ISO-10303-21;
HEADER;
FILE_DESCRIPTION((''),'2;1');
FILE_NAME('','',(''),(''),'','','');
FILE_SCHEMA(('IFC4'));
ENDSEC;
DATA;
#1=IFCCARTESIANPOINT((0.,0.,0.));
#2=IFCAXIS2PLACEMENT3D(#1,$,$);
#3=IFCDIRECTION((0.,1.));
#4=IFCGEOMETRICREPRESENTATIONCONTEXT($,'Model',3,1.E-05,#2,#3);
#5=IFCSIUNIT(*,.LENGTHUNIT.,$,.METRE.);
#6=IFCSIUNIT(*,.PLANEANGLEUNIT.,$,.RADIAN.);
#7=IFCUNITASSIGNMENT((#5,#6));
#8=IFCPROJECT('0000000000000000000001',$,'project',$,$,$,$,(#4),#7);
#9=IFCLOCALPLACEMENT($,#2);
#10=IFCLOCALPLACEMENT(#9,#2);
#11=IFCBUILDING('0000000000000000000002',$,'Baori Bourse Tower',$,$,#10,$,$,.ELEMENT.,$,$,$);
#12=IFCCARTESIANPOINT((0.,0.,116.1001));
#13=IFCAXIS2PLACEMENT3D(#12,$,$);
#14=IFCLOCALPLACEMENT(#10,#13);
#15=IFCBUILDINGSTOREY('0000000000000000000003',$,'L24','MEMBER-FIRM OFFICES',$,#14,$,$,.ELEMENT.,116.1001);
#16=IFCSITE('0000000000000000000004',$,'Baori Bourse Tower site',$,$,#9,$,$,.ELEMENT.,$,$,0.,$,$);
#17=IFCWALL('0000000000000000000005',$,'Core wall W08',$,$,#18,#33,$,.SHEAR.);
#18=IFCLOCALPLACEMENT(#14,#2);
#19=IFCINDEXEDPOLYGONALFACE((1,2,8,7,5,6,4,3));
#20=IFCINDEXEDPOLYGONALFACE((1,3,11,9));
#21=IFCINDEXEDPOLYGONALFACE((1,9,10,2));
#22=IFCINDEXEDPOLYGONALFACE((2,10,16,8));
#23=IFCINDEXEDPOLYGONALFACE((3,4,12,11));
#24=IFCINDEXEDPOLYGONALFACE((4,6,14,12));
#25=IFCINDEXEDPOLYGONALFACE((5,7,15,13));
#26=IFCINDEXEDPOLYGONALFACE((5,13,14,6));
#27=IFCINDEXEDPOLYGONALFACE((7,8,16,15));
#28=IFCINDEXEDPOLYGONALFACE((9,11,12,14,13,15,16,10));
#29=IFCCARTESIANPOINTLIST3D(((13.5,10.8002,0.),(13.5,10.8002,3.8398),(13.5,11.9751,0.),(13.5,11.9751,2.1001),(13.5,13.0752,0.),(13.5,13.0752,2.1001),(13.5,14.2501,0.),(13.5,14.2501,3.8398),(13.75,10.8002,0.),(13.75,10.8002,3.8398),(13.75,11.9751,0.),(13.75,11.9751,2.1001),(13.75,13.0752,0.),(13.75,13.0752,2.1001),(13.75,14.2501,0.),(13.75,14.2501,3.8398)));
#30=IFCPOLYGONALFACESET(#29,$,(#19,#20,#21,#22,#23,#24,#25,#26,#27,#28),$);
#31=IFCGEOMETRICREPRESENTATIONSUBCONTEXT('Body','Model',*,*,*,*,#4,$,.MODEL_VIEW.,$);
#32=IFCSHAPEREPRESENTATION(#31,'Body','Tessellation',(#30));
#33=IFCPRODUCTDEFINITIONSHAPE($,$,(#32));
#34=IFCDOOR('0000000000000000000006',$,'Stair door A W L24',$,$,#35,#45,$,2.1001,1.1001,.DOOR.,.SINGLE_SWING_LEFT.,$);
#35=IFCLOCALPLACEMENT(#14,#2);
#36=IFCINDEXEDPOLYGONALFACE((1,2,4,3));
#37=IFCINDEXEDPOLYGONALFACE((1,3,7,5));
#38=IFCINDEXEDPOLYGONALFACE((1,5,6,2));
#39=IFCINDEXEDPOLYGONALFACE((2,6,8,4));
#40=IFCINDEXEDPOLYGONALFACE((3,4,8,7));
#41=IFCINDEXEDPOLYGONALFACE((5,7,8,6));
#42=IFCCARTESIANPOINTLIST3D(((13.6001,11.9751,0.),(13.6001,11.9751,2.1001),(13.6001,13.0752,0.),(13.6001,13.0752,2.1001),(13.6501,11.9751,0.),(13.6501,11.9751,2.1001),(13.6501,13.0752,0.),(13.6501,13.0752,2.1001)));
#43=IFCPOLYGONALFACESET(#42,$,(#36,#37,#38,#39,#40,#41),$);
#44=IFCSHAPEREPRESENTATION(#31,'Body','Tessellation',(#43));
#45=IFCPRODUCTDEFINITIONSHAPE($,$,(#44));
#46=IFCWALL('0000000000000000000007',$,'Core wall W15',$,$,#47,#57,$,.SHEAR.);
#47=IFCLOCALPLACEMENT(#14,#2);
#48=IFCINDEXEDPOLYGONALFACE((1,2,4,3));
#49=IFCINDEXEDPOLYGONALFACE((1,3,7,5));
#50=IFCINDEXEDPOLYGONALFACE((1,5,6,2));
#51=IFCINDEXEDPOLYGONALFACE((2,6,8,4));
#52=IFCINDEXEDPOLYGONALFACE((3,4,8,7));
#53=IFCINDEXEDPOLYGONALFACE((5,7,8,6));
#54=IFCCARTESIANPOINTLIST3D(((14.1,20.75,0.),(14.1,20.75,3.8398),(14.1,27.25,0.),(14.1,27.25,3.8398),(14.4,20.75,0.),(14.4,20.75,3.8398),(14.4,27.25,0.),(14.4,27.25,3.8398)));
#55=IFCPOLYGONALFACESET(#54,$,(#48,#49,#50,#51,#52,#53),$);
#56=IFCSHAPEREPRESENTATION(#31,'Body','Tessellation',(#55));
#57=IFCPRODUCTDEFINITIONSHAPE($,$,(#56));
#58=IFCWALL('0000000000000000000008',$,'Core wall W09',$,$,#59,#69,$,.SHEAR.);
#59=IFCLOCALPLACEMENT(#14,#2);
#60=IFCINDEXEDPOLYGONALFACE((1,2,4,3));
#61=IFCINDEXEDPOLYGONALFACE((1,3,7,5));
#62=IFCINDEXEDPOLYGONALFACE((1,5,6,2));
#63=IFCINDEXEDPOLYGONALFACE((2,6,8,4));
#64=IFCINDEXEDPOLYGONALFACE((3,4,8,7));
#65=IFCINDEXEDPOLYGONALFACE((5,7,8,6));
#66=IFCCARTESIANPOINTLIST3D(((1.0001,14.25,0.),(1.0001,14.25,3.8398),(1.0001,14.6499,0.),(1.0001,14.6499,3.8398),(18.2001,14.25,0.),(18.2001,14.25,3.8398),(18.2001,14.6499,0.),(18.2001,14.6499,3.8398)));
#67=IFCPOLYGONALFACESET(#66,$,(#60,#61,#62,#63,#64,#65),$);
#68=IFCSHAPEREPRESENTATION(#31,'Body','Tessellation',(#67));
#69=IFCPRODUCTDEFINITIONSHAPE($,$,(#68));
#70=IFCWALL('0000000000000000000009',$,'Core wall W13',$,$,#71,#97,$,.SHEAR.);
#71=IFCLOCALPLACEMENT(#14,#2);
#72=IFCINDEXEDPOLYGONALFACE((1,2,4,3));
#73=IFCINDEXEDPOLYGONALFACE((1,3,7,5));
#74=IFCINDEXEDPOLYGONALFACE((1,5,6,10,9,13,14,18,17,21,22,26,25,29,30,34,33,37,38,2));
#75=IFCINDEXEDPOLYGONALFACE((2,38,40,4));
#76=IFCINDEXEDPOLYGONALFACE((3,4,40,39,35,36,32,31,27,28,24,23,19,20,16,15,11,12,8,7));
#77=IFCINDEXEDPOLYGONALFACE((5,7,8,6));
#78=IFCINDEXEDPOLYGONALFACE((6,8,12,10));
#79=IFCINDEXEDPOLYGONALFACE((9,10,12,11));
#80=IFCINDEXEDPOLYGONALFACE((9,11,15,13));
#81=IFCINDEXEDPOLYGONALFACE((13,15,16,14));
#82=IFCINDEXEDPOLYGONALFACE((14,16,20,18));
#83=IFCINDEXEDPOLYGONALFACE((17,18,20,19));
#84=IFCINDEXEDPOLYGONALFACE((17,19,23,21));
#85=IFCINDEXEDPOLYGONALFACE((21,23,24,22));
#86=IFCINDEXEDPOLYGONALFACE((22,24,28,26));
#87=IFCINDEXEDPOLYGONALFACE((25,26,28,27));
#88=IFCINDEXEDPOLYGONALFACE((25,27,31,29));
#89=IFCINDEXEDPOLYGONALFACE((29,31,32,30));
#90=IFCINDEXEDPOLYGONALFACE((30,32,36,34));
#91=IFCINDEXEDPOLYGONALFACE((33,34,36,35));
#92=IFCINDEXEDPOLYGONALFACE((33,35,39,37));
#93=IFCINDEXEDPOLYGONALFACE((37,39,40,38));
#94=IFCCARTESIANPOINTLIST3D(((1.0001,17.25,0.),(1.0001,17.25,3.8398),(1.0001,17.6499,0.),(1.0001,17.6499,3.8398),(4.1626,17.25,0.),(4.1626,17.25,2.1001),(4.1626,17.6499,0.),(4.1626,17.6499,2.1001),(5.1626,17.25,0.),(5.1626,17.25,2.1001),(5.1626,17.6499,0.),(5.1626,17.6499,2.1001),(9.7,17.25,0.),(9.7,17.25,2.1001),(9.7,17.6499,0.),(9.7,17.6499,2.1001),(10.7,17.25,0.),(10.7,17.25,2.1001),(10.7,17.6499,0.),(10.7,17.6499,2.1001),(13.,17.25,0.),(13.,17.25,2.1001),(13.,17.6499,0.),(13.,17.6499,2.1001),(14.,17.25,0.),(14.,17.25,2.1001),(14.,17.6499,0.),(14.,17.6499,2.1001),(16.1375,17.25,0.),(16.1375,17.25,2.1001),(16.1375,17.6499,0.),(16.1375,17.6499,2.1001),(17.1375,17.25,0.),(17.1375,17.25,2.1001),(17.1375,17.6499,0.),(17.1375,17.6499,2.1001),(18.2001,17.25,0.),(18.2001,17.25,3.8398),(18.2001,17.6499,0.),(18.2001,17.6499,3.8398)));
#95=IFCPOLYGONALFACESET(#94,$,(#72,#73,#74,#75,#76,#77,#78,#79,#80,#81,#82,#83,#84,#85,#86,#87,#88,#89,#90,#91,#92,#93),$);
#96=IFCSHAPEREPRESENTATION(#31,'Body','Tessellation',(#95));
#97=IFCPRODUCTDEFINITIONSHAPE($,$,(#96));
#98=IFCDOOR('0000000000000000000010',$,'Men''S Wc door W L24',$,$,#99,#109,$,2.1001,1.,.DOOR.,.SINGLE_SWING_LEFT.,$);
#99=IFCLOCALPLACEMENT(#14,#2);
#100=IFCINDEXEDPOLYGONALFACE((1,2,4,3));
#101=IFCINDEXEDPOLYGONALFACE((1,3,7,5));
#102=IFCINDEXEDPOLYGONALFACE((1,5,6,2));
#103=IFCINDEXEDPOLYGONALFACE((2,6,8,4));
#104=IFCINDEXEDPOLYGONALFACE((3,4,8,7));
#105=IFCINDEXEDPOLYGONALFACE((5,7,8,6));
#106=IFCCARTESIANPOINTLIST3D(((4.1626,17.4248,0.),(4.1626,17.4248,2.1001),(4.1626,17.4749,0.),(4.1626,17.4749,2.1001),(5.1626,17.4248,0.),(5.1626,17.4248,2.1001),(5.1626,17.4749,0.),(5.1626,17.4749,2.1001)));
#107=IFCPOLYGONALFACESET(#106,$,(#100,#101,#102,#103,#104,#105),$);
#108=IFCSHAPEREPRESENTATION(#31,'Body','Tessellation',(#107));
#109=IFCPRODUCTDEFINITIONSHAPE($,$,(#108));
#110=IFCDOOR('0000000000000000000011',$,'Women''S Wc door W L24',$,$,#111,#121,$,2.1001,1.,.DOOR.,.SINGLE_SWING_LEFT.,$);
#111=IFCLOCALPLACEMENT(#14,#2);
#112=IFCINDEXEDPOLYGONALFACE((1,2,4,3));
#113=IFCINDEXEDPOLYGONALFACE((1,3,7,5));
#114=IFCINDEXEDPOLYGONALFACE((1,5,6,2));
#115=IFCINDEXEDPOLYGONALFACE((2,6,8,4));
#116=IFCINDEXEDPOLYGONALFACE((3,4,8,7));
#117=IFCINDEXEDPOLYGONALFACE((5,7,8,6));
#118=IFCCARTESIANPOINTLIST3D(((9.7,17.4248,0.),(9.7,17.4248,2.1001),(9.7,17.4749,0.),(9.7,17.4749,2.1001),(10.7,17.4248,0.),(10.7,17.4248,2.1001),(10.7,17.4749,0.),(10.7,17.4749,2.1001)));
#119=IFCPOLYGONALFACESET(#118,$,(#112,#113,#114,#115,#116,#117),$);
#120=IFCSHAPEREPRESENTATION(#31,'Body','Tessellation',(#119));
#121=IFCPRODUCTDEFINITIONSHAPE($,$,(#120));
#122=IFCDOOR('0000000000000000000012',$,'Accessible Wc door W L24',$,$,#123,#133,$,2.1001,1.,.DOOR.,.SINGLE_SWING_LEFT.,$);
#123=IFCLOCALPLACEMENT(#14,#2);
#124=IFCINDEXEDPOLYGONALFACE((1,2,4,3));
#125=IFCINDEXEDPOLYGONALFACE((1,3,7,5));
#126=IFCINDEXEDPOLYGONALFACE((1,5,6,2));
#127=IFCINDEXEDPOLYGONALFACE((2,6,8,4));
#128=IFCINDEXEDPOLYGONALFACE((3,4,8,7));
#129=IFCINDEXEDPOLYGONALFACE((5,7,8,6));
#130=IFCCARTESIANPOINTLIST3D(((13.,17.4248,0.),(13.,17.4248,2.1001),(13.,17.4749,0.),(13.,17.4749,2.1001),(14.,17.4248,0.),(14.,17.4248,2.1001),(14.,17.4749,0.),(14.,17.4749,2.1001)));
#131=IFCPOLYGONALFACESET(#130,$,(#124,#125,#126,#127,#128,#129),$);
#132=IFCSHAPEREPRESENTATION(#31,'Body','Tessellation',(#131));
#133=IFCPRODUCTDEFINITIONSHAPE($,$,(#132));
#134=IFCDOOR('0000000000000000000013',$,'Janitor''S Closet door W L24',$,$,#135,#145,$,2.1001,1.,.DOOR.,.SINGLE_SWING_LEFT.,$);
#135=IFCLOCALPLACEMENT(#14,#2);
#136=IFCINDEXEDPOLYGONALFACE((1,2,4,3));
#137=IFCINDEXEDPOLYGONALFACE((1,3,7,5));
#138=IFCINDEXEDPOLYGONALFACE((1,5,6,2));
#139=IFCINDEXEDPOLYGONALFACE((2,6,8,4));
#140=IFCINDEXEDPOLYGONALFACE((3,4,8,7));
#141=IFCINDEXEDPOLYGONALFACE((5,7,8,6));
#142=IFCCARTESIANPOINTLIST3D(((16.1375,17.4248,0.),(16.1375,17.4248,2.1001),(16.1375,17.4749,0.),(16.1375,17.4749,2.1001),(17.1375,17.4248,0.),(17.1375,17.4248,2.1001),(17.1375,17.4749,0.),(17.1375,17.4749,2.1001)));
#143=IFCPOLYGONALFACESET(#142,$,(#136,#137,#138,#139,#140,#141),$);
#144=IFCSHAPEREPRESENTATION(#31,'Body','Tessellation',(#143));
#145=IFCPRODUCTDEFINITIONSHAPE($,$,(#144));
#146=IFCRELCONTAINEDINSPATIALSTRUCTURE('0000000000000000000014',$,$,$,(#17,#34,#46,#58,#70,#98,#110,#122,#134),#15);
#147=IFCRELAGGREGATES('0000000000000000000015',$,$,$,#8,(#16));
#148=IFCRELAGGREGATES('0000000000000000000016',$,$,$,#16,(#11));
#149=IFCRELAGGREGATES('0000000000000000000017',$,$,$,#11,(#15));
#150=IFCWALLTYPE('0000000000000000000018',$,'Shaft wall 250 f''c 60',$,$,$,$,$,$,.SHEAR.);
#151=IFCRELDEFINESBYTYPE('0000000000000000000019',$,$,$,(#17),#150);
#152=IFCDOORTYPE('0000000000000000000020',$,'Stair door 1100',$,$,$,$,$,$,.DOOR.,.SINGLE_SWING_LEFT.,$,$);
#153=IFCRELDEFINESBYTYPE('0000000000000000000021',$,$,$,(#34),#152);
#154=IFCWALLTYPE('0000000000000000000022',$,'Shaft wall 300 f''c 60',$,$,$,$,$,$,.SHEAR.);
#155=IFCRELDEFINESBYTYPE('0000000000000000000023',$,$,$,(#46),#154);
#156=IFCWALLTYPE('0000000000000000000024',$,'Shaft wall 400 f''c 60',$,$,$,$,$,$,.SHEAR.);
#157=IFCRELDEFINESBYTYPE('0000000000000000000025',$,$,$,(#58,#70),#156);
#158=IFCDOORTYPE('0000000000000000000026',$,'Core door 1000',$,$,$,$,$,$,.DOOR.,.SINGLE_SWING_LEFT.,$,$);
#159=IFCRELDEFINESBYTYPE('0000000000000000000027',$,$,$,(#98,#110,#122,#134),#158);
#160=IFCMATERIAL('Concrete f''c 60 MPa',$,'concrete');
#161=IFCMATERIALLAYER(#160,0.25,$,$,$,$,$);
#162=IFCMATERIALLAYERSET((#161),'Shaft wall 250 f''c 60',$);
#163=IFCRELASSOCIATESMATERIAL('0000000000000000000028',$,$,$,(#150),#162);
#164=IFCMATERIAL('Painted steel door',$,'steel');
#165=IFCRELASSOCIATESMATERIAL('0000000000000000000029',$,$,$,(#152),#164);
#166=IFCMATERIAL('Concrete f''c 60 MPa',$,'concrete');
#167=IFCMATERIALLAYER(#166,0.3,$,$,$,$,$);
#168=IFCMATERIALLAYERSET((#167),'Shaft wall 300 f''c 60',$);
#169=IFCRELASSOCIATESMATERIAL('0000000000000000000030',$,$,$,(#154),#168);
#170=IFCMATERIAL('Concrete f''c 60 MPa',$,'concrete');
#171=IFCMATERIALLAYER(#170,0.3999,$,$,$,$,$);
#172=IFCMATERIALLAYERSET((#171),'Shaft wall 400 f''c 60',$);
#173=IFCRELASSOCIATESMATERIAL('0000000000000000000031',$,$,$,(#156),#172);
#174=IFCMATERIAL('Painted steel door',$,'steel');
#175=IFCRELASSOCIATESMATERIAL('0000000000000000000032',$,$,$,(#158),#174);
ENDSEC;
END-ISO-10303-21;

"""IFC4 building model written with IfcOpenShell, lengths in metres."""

from ifc_helpers import new_model, si_unit, direction, frame, frame_2d, origin, place, context, subcontext, project, spatial, rectangle, extrude, material, layer, layer_set, type_object, element, fill, save


model = new_model("IFC4")

# Units and contexts
model_context = context("Model", 3, precision=1e-05, world=origin(), true_north=direction((0.0, 1.0)))
body_context = subcontext(model_context, "Body", "Model", "MODEL_VIEW")
ifc_project = project(units=[si_unit("LENGTHUNIT", "METRE"), si_unit("PLANEANGLEUNIT", "RADIAN")], contexts=[model_context])

# Site, building, storey
site_placement = place(None, origin())
site = spatial("IfcSite", under=ifc_project, at=site_placement, Name="Baori Bourse Tower site", CompositionType="ELEMENT", RefElevation=0.0)
building_placement = place(site_placement, origin())
building = spatial("IfcBuilding", under=site, at=building_placement, Name="Baori Bourse Tower", CompositionType="ELEMENT")
storey_placement = place(building_placement, frame((0.0, 0.0, 116.1001)))
storey = spatial("IfcBuildingStorey", under=building, at=storey_placement, Name="L24", Description="MEMBER-FIRM OFFICES", CompositionType="ELEMENT", Elevation=116.1001)

# Wall, opening, door
ifc_material_1 = material(Name="Concrete f'c 60 MPa", Category="concrete")
ifc_layer_1 = layer(ifc_material_1, 0.25)
ifc_layer_set_1 = layer_set([ifc_layer_1], Name="Shaft wall 250 f'c 60")
wall_type_1 = type_object("IfcWallType", Name="Shaft wall 250 f'c 60", PredefinedType="SHEAR", material=ifc_layer_set_1)
wall_1_placement = place(storey_placement, frame((13.625, 10.8, 0.0), z_axis=(0.0, 0.0, 1.0), x_axis=(0.0, 1.0, 0.0)))
wall_1 = element("IfcWall", 1, at=wall_1_placement, inside=storey, type_object=wall_type_1, Name="Core wall W08", PredefinedType="SHEAR", context=body_context, shape_type="SweptSolid", body=[
    extrude(rectangle(XDim=3.45, YDim=0.25, at=frame_2d((1.7251, 0.0))), origin(), (0.0, 0.0, 1.0), 3.8398),
])
opening_1_placement = place(wall_1_placement, frame((1.175, 0.0, 0.0)))
opening_1 = element("IfcOpeningElement", 2, at=opening_1_placement, cuts=wall_1, PredefinedType="OPENING", context=body_context, shape_type="SweptSolid", body=[
    extrude(rectangle(XDim=1.1001, YDim=2.1001, at=frame_2d((0.55, 1.05))), frame((0.0, 0.135, 0.0), z_axis=(0.0, -1.0, 0.0), x_axis=(1.0, 0.0, 0.0)), (0.0, 0.0, 1.0), 0.27),
])
ifc_material_2 = material(Name="Painted steel door", Category="steel")
door_type_1 = type_object("IfcDoorType", Name="Stair door 1100", OperationType="SINGLE_SWING_LEFT", PredefinedType="DOOR", material=ifc_material_2)
door_1_placement = place(opening_1_placement, origin())
door_1 = element("IfcDoor", 3, at=door_1_placement, inside=storey, type_object=door_type_1, Name="Stair door A W L24", OperationType="SINGLE_SWING_LEFT", OverallHeight=2.1001, OverallWidth=1.1001, PredefinedType="DOOR", context=body_context, shape_type="SweptSolid", body=[
    extrude(rectangle(XDim=1.1001, YDim=2.1001, at=frame_2d((0.55, 1.05))), frame((0.0, 0.0249, 0.0), z_axis=(0.0, -1.0, 0.0), x_axis=(1.0, 0.0, 0.0)), (0.0, 0.0, 1.0), 0.05),
])
fill(opening_1, door_1)

# Walls
ifc_material_3 = material(Name="Concrete f'c 60 MPa", Category="concrete")
ifc_layer_2 = layer(ifc_material_3, 0.3)
ifc_layer_set_2 = layer_set([ifc_layer_2], Name="Shaft wall 300 f'c 60")
wall_type_2 = type_object("IfcWallType", Name="Shaft wall 300 f'c 60", PredefinedType="SHEAR", material=ifc_layer_set_2)
wall_2_placement = place(storey_placement, frame((14.25, 20.75, 0.0), z_axis=(0.0, 0.0, 1.0), x_axis=(0.0, 1.0, 0.0)))
element("IfcWall", 4, at=wall_2_placement, inside=storey, type_object=wall_type_2, Name="Core wall W15", PredefinedType="SHEAR", context=body_context, shape_type="SweptSolid", body=[
    extrude(rectangle(XDim=6.5, YDim=0.3, at=frame_2d((3.25, 0.0))), origin(), (0.0, 0.0, 1.0), 3.8398),
])
ifc_material_4 = material(Name="Concrete f'c 60 MPa", Category="concrete")
ifc_layer_3 = layer(ifc_material_4, 0.3999)
ifc_layer_set_3 = layer_set([ifc_layer_3], Name="Shaft wall 400 f'c 60")
wall_type_3 = type_object("IfcWallType", Name="Shaft wall 400 f'c 60", PredefinedType="SHEAR", material=ifc_layer_set_3)
wall_3_placement = place(storey_placement, frame((1.0, 14.45, 0.0), z_axis=(0.0, 0.0, 1.0), x_axis=(1.0, 0.0, 0.0)))
element("IfcWall", 5, at=wall_3_placement, inside=storey, type_object=wall_type_3, Name="Core wall W09", PredefinedType="SHEAR", context=body_context, shape_type="SweptSolid", body=[
    extrude(rectangle(XDim=17.2, YDim=0.3999, at=frame_2d((8.6001, 0.0))), origin(), (0.0, 0.0, 1.0), 3.8398),
])

# Wall, openings, doors
wall_4_placement = place(storey_placement, frame((1.0, 17.45, 0.0), z_axis=(0.0, 0.0, 1.0), x_axis=(1.0, 0.0, 0.0)))
wall_4 = element("IfcWall", 6, at=wall_4_placement, inside=storey, type_object=wall_type_3, Name="Core wall W13", PredefinedType="SHEAR", context=body_context, shape_type="SweptSolid", body=[
    extrude(rectangle(XDim=17.2, YDim=0.3999, at=frame_2d((8.6001, 0.0))), origin(), (0.0, 0.0, 1.0), 3.8398),
])
opening_2_placement = place(wall_4_placement, frame((3.1626, 0.0, 0.0)))
opening_2 = element("IfcOpeningElement", 7, at=opening_2_placement, cuts=wall_4, PredefinedType="OPENING", context=body_context, shape_type="SweptSolid", body=[
    extrude(rectangle(XDim=1.0, YDim=2.1001, at=frame_2d((0.5, 1.05))), frame((0.0, 0.21, 0.0), z_axis=(0.0, -1.0, 0.0), x_axis=(1.0, 0.0, 0.0)), (0.0, 0.0, 1.0), 0.4199),
])
opening_3_placement = place(wall_4_placement, frame((8.7, 0.0, 0.0)))
opening_3 = element("IfcOpeningElement", 8, at=opening_3_placement, cuts=wall_4, PredefinedType="OPENING", context=body_context, shape_type="SweptSolid", body=[
    extrude(rectangle(XDim=1.0, YDim=2.1001, at=frame_2d((0.5, 1.05))), frame((0.0, 0.21, 0.0), z_axis=(0.0, -1.0, 0.0), x_axis=(1.0, 0.0, 0.0)), (0.0, 0.0, 1.0), 0.4199),
])
opening_4_placement = place(wall_4_placement, frame((12.0, 0.0, 0.0)))
opening_4 = element("IfcOpeningElement", 9, at=opening_4_placement, cuts=wall_4, PredefinedType="OPENING", context=body_context, shape_type="SweptSolid", body=[
    extrude(rectangle(XDim=1.0, YDim=2.1001, at=frame_2d((0.5, 1.05))), frame((0.0, 0.21, 0.0), z_axis=(0.0, -1.0, 0.0), x_axis=(1.0, 0.0, 0.0)), (0.0, 0.0, 1.0), 0.4199),
])
opening_5_placement = place(wall_4_placement, frame((15.1375, 0.0, 0.0)))
opening_5 = element("IfcOpeningElement", 10, at=opening_5_placement, cuts=wall_4, PredefinedType="OPENING", context=body_context, shape_type="SweptSolid", body=[
    extrude(rectangle(XDim=1.0, YDim=2.1001, at=frame_2d((0.5, 1.05))), frame((0.0, 0.21, 0.0), z_axis=(0.0, -1.0, 0.0), x_axis=(1.0, 0.0, 0.0)), (0.0, 0.0, 1.0), 0.4199),
])
ifc_material_5 = material(Name="Painted steel door", Category="steel")
door_type_2 = type_object("IfcDoorType", Name="Core door 1000", OperationType="SINGLE_SWING_LEFT", PredefinedType="DOOR", material=ifc_material_5)
door_2_placement = place(opening_2_placement, origin())
door_2 = element("IfcDoor", 11, at=door_2_placement, inside=storey, type_object=door_type_2, Name="Men'S Wc door W L24", OperationType="SINGLE_SWING_LEFT", OverallHeight=2.1001, OverallWidth=1.0, PredefinedType="DOOR", context=body_context, shape_type="SweptSolid", body=[
    extrude(rectangle(XDim=1.0, YDim=2.1001, at=frame_2d((0.5, 1.05))), frame((0.0, 0.0249, 0.0), z_axis=(0.0, -1.0, 0.0), x_axis=(1.0, 0.0, 0.0)), (0.0, 0.0, 1.0), 0.05),
])
fill(opening_2, door_2)
door_3_placement = place(opening_3_placement, origin())
door_3 = element("IfcDoor", 12, at=door_3_placement, inside=storey, type_object=door_type_2, Name="Women'S Wc door W L24", OperationType="SINGLE_SWING_LEFT", OverallHeight=2.1001, OverallWidth=1.0, PredefinedType="DOOR", context=body_context, shape_type="SweptSolid", body=[
    extrude(rectangle(XDim=1.0, YDim=2.1001, at=frame_2d((0.5, 1.05))), frame((0.0, 0.0249, 0.0), z_axis=(0.0, -1.0, 0.0), x_axis=(1.0, 0.0, 0.0)), (0.0, 0.0, 1.0), 0.05),
])
fill(opening_3, door_3)
door_4_placement = place(opening_4_placement, origin())
door_4 = element("IfcDoor", 13, at=door_4_placement, inside=storey, type_object=door_type_2, Name="Accessible Wc door W L24", OperationType="SINGLE_SWING_LEFT", OverallHeight=2.1001, OverallWidth=1.0, PredefinedType="DOOR", context=body_context, shape_type="SweptSolid", body=[
    extrude(rectangle(XDim=1.0, YDim=2.1001, at=frame_2d((0.5, 1.05))), frame((0.0, 0.0249, 0.0), z_axis=(0.0, -1.0, 0.0), x_axis=(1.0, 0.0, 0.0)), (0.0, 0.0, 1.0), 0.05),
])
fill(opening_4, door_4)
door_5_placement = place(opening_5_placement, origin())
door_5 = element("IfcDoor", 14, at=door_5_placement, inside=storey, type_object=door_type_2, Name="Janitor'S Closet door W L24", OperationType="SINGLE_SWING_LEFT", OverallHeight=2.1001, OverallWidth=1.0, PredefinedType="DOOR", context=body_context, shape_type="SweptSolid", body=[
    extrude(rectangle(XDim=1.0, YDim=2.1001, at=frame_2d((0.5, 1.05))), frame((0.0, 0.0249, 0.0), z_axis=(0.0, -1.0, 0.0), x_axis=(1.0, 0.0, 0.0)), (0.0, 0.0, 1.0), 0.05),
])
fill(opening_5, door_5)

save(model, "model.ifc")
